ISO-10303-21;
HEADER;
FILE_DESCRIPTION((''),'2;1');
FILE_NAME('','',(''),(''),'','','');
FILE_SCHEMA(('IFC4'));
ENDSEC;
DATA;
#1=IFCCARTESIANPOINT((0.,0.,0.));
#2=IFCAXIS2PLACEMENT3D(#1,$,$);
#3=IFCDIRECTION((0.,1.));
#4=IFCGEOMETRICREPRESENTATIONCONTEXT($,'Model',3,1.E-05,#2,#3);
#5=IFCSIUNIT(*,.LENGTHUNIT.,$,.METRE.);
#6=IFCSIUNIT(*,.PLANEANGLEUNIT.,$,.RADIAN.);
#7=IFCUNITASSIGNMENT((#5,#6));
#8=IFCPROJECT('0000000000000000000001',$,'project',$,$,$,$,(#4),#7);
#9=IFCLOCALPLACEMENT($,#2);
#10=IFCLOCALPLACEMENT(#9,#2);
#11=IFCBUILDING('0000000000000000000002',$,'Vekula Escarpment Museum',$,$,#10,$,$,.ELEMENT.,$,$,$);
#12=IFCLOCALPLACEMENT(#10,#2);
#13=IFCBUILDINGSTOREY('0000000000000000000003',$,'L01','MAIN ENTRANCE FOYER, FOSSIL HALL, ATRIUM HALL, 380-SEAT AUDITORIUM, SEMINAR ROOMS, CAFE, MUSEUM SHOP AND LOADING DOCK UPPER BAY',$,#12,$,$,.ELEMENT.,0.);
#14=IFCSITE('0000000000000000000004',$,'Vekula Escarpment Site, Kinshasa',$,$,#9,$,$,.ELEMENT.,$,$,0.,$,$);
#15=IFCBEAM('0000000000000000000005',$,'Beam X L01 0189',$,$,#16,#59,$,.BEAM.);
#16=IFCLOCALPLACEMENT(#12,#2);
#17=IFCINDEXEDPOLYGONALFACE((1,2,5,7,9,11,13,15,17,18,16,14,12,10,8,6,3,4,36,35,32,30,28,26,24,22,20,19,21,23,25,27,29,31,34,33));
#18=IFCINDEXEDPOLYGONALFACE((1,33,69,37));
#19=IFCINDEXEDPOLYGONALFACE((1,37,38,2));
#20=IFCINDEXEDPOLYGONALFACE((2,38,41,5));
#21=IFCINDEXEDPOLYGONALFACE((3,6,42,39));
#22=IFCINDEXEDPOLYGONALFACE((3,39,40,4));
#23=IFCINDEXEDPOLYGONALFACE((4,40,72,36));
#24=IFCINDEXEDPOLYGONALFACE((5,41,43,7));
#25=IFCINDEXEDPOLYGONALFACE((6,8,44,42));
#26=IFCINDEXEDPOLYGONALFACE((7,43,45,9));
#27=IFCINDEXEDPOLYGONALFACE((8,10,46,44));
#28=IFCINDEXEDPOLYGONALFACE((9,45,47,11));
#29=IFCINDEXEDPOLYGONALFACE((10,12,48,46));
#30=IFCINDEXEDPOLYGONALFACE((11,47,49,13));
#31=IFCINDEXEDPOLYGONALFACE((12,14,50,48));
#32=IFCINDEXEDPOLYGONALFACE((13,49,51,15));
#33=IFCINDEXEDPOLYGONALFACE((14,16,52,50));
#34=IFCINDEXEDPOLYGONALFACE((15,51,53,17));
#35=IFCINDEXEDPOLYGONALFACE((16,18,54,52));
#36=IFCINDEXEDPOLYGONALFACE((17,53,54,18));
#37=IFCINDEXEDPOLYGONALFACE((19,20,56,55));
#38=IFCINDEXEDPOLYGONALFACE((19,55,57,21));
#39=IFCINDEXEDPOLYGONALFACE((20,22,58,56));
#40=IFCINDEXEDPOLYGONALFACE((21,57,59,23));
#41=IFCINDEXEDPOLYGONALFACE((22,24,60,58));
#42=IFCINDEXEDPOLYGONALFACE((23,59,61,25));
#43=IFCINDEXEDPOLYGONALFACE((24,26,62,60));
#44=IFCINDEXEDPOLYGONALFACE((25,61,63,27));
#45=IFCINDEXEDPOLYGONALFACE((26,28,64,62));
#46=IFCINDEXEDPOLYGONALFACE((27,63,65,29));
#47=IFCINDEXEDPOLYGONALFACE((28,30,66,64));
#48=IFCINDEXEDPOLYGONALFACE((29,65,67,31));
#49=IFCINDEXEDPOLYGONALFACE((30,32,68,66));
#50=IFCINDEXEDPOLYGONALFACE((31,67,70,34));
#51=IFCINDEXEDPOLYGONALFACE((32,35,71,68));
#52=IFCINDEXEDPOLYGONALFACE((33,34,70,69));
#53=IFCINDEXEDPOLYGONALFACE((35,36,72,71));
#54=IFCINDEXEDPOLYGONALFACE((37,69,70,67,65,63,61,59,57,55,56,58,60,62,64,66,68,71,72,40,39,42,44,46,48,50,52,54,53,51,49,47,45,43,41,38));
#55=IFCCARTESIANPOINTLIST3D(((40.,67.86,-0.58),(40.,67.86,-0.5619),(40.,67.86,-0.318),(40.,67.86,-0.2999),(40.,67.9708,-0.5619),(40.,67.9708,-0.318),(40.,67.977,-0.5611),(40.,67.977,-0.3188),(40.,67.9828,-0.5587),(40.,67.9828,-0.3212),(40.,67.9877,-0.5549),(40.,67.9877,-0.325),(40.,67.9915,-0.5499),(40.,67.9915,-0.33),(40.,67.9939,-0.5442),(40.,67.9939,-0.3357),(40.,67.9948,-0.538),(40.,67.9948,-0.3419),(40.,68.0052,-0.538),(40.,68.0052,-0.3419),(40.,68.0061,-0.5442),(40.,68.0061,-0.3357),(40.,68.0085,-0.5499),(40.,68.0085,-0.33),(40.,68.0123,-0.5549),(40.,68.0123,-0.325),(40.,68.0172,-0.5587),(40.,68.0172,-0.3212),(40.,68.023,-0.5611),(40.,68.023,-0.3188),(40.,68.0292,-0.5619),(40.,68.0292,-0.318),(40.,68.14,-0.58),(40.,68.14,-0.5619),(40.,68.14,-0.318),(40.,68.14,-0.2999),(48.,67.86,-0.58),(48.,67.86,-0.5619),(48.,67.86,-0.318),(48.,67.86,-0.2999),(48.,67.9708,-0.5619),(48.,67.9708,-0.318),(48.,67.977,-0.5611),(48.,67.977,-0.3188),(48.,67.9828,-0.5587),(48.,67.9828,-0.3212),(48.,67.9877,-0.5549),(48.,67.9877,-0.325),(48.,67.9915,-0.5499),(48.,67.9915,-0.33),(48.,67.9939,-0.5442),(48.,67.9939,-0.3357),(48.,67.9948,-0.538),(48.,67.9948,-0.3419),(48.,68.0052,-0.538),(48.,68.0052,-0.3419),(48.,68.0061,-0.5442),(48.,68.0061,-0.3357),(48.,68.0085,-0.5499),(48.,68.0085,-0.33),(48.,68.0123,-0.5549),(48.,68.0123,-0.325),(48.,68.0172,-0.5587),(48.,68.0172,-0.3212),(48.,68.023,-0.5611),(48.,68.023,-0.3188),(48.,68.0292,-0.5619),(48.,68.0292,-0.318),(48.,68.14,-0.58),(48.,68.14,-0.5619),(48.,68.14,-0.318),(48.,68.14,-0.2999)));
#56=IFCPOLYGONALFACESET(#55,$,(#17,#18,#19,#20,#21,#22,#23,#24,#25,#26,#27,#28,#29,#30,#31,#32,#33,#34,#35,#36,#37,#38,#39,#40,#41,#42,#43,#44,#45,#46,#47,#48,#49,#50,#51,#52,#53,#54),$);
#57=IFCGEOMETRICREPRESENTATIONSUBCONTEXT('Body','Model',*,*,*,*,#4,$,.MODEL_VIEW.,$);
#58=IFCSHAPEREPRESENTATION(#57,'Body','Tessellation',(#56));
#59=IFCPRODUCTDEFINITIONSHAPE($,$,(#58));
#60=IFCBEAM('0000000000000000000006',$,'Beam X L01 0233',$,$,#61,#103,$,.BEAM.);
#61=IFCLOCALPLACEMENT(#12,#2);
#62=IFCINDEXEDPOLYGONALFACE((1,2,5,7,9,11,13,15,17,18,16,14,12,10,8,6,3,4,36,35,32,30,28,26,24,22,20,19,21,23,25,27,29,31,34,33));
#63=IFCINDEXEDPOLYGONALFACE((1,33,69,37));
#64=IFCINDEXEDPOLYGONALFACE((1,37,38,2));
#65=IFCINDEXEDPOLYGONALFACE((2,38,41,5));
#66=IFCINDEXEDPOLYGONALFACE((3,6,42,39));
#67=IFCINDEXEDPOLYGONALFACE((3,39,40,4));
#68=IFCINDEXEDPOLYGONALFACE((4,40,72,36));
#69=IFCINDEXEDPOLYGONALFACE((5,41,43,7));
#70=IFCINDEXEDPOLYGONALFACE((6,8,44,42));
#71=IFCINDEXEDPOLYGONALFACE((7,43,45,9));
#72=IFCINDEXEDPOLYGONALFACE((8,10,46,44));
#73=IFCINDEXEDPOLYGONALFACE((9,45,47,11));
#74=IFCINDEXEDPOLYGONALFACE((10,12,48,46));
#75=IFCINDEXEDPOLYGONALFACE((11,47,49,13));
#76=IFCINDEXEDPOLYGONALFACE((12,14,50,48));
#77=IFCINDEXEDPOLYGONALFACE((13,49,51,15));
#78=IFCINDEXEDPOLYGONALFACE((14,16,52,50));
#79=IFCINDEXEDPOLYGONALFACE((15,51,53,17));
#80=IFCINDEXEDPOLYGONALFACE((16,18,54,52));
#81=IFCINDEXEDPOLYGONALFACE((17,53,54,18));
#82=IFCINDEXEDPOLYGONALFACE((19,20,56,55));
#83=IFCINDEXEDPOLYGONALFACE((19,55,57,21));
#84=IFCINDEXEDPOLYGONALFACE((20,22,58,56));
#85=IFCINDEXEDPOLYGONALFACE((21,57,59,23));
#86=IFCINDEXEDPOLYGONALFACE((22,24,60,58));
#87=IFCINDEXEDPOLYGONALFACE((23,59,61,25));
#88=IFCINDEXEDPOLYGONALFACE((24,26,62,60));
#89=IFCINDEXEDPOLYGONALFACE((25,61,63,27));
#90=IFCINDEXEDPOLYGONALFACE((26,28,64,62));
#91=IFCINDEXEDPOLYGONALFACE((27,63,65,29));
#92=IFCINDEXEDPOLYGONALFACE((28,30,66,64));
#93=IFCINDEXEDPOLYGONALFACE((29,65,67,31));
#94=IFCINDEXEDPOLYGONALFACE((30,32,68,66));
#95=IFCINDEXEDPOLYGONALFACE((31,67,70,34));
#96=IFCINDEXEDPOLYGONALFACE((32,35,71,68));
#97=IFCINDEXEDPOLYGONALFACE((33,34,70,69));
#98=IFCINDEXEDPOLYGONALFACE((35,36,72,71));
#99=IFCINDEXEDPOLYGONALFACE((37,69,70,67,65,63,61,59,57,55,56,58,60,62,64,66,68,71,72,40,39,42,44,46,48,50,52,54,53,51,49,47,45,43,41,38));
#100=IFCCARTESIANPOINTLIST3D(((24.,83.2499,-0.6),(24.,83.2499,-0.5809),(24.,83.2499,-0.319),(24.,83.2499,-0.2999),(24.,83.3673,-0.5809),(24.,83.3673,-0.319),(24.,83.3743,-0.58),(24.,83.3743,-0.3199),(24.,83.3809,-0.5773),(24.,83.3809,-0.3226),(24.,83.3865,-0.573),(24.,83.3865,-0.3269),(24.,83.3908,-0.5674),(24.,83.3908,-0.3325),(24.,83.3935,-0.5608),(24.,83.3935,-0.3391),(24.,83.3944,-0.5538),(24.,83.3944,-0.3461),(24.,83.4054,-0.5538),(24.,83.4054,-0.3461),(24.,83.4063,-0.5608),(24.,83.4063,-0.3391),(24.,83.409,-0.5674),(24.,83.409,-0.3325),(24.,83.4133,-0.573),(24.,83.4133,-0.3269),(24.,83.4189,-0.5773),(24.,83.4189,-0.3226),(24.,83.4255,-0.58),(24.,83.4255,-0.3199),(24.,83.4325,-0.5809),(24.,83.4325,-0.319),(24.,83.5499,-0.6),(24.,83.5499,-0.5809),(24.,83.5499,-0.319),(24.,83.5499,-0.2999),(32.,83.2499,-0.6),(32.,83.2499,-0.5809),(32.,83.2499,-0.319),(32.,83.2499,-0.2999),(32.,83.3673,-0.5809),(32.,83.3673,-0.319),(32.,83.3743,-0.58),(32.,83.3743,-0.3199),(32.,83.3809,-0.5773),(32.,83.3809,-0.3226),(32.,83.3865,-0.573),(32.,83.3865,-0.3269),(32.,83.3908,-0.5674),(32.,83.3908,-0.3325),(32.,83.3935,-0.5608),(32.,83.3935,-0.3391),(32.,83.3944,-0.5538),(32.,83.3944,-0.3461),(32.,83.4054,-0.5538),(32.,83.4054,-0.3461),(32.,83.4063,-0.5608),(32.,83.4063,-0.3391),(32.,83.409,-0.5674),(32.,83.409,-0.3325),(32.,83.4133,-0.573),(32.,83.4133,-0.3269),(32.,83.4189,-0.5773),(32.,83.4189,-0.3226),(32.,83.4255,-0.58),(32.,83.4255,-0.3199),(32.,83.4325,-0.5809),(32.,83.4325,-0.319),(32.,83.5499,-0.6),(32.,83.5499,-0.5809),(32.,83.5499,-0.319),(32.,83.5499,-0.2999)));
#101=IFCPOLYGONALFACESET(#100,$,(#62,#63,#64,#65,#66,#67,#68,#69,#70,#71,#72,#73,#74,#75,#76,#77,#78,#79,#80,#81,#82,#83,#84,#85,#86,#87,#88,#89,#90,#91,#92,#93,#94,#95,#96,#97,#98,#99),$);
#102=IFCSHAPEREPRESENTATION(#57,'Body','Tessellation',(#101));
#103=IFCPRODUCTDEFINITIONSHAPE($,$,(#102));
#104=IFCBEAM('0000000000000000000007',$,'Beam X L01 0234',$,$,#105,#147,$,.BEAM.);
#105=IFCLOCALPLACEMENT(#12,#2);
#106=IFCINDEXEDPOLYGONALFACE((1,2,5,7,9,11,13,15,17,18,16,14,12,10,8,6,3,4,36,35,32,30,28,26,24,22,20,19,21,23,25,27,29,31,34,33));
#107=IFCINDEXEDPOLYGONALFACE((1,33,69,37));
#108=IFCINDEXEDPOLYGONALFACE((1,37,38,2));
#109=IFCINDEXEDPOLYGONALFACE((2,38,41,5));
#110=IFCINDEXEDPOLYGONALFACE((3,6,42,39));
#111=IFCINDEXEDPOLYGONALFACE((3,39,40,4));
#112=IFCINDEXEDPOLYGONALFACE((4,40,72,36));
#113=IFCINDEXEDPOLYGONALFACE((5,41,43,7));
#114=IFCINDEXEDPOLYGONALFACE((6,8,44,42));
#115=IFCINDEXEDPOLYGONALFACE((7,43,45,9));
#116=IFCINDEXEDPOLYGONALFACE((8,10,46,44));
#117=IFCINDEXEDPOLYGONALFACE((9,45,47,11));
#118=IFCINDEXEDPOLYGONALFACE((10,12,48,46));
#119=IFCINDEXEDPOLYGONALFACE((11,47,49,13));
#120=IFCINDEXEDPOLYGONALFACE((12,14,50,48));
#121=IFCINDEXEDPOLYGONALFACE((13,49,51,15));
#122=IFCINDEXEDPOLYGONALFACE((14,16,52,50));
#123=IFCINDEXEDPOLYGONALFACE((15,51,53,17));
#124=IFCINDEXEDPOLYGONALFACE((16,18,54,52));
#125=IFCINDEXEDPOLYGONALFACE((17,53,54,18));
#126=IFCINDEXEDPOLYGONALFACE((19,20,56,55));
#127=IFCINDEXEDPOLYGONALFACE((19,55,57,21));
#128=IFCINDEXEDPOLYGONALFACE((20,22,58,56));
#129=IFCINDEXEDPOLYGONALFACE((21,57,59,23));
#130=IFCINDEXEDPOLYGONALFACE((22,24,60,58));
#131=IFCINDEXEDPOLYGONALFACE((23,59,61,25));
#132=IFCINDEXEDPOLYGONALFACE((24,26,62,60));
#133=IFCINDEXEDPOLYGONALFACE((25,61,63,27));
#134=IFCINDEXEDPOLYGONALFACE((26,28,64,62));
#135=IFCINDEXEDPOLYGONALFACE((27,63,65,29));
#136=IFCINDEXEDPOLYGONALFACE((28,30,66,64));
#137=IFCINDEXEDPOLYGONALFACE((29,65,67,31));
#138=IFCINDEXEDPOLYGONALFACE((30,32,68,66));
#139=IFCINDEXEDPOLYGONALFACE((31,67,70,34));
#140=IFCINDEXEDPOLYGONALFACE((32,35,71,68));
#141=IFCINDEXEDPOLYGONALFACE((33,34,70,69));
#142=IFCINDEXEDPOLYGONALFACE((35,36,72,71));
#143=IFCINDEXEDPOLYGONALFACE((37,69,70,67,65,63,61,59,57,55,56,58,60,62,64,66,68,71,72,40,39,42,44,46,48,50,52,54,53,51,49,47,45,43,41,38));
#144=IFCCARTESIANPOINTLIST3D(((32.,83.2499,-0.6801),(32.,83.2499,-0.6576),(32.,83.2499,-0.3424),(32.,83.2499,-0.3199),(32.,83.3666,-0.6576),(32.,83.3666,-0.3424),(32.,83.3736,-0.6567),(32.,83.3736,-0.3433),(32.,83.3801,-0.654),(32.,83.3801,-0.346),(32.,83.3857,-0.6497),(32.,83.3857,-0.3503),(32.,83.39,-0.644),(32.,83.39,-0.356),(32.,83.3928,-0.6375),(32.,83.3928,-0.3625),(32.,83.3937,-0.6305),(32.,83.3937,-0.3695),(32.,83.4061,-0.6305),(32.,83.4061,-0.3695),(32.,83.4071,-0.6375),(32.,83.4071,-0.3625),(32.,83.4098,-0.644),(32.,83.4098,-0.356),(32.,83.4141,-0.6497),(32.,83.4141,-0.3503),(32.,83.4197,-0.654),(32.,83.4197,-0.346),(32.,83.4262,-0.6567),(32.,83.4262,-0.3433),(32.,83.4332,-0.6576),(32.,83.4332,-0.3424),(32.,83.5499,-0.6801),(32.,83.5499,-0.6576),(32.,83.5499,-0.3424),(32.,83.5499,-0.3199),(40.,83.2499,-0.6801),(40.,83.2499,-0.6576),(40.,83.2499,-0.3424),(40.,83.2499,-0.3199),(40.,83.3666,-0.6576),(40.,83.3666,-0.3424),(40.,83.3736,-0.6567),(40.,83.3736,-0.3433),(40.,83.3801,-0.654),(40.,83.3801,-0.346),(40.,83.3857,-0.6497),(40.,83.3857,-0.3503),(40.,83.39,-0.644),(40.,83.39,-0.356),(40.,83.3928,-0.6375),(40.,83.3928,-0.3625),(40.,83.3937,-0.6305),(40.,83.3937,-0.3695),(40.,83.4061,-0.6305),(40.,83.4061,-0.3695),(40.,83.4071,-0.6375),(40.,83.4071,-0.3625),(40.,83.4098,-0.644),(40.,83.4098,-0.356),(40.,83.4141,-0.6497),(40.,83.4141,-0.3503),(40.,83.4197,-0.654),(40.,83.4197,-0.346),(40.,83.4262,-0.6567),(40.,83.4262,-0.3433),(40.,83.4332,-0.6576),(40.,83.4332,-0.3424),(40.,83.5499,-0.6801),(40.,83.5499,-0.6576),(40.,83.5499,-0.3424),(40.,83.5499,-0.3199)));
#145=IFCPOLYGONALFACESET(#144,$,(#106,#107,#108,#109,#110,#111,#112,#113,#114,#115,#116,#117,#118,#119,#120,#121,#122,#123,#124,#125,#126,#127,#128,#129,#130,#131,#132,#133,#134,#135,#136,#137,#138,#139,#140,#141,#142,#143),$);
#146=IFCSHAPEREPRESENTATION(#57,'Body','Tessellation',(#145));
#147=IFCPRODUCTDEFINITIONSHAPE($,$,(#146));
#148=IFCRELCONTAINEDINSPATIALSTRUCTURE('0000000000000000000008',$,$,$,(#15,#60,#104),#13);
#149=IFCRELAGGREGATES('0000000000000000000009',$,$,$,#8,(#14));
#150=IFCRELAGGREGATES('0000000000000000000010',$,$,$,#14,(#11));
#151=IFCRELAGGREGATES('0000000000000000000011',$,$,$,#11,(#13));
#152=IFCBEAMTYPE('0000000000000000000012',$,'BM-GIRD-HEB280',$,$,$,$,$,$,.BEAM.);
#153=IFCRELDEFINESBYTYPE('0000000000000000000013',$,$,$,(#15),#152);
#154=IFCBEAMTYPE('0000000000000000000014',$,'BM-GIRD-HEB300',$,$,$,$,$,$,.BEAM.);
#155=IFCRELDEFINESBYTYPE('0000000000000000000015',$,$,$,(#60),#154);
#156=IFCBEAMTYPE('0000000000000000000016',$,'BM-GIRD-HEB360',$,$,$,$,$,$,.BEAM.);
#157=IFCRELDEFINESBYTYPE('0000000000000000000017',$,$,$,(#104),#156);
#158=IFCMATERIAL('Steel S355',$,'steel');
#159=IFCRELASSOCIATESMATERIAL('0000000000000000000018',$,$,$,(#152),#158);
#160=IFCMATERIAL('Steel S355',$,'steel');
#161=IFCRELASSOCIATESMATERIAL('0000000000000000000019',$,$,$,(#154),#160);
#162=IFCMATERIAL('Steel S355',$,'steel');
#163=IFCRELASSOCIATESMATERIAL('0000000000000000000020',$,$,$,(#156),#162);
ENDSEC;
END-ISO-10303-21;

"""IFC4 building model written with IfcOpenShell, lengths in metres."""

from ifc_helpers import new_model, si_unit, direction, frame, origin, origin_2d, place, context, subcontext, project, spatial, i_section, extrude, material, material_profile, profile_set, type_object, element, save


model = new_model("IFC4")

# Units and contexts
model_context = context("Model", 3, precision=1e-05, world=origin(), true_north=direction((0.0, 1.0)))
body_context = subcontext(model_context, "Body", "Model", "MODEL_VIEW")
ifc_project = project(units=[si_unit("LENGTHUNIT", "METRE"), si_unit("PLANEANGLEUNIT", "RADIAN")], contexts=[model_context])

# Site, building, storey
site_placement = place(None, origin())
site = spatial("IfcSite", under=ifc_project, at=site_placement, Name="Vekula Escarpment Site, Kinshasa", CompositionType="ELEMENT", RefElevation=0.0)
building_placement = place(site_placement, origin())
building = spatial("IfcBuilding", under=site, at=building_placement, Name="Vekula Escarpment Museum", CompositionType="ELEMENT")
storey_placement = place(building_placement, origin())
storey = spatial("IfcBuildingStorey", under=building, at=storey_placement, Name="L01", Description="MAIN ENTRANCE FOYER, FOSSIL HALL, ATRIUM HALL, 380-SEAT AUDITORIUM, SEMINAR ROOMS, CAFE, MUSEUM SHOP AND LOADING DOCK UPPER BAY", CompositionType="ELEMENT", Elevation=0.0)

# Beams
ifc_material_1 = material(Name="Steel S355", Category="steel")
ifc_material_profile_1 = material_profile(ifc_material_1, i_section(OverallWidth=0.28, OverallDepth=0.28, WebThickness=0.0105, FlangeThickness=0.0181, FilletRadius=0.0239, at=origin_2d()), Name="HEB 280")
ifc_profile_set_1 = profile_set([ifc_material_profile_1], Name="Steel S355")
beam_type_1 = type_object("IfcBeamType", Name="BM-GIRD-HEB280", PredefinedType="BEAM", material=ifc_profile_set_1)
beam_1_placement = place(storey_placement, frame((40.0, 68.0, -0.4399), z_axis=(1.0, 0.0, 0.0), x_axis=(0.0, 1.0, 0.0)))
element("IfcBeam", 1, at=beam_1_placement, inside=storey, type_object=beam_type_1, Name="Beam X L01 0189", PredefinedType="BEAM", context=body_context, shape_type="SweptSolid", body=[
    extrude(i_section(OverallWidth=0.28, OverallDepth=0.28, WebThickness=0.0105, FlangeThickness=0.0181, FilletRadius=0.0239, at=origin_2d()), origin(), (0.0, 0.0, 1.0), 8.0),
])
ifc_material_2 = material(Name="Steel S355", Category="steel")
ifc_material_profile_2 = material_profile(ifc_material_2, i_section(OverallWidth=0.3, OverallDepth=0.3, WebThickness=0.011, FlangeThickness=0.019, FilletRadius=0.0271, at=origin_2d()), Name="HEB 300")
ifc_profile_set_2 = profile_set([ifc_material_profile_2], Name="Steel S355")
beam_type_2 = type_object("IfcBeamType", Name="BM-GIRD-HEB300", PredefinedType="BEAM", material=ifc_profile_set_2)
beam_2_placement = place(storey_placement, frame((24.0, 83.3999, -0.45), z_axis=(1.0, 0.0, 0.0), x_axis=(0.0, 1.0, 0.0)))
element("IfcBeam", 2, at=beam_2_placement, inside=storey, type_object=beam_type_2, Name="Beam X L01 0233", PredefinedType="BEAM", context=body_context, shape_type="SweptSolid", body=[
    extrude(i_section(OverallWidth=0.3, OverallDepth=0.3, WebThickness=0.011, FlangeThickness=0.019, FilletRadius=0.0271, at=origin_2d()), origin(), (0.0, 0.0, 1.0), 8.0),
])
ifc_material_3 = material(Name="Steel S355", Category="steel")
ifc_material_profile_3 = material_profile(ifc_material_3, i_section(OverallWidth=0.3, OverallDepth=0.3601, WebThickness=0.0125, FlangeThickness=0.0225, FilletRadius=0.0271, at=origin_2d()), Name="HEB 360")
ifc_profile_set_3 = profile_set([ifc_material_profile_3], Name="Steel S355")
beam_type_3 = type_object("IfcBeamType", Name="BM-GIRD-HEB360", PredefinedType="BEAM", material=ifc_profile_set_3)
beam_3_placement = place(storey_placement, frame((32.0, 83.3999, -0.5), z_axis=(1.0, 0.0, 0.0), x_axis=(0.0, 1.0, 0.0)))
element("IfcBeam", 3, at=beam_3_placement, inside=storey, type_object=beam_type_3, Name="Beam X L01 0234", PredefinedType="BEAM", context=body_context, shape_type="SweptSolid", body=[
    extrude(i_section(OverallWidth=0.3, OverallDepth=0.3601, WebThickness=0.0125, FlangeThickness=0.0225, FilletRadius=0.0271, at=origin_2d()), origin(), (0.0, 0.0, 1.0), 8.0),
])

save(model, "model.ifc")
